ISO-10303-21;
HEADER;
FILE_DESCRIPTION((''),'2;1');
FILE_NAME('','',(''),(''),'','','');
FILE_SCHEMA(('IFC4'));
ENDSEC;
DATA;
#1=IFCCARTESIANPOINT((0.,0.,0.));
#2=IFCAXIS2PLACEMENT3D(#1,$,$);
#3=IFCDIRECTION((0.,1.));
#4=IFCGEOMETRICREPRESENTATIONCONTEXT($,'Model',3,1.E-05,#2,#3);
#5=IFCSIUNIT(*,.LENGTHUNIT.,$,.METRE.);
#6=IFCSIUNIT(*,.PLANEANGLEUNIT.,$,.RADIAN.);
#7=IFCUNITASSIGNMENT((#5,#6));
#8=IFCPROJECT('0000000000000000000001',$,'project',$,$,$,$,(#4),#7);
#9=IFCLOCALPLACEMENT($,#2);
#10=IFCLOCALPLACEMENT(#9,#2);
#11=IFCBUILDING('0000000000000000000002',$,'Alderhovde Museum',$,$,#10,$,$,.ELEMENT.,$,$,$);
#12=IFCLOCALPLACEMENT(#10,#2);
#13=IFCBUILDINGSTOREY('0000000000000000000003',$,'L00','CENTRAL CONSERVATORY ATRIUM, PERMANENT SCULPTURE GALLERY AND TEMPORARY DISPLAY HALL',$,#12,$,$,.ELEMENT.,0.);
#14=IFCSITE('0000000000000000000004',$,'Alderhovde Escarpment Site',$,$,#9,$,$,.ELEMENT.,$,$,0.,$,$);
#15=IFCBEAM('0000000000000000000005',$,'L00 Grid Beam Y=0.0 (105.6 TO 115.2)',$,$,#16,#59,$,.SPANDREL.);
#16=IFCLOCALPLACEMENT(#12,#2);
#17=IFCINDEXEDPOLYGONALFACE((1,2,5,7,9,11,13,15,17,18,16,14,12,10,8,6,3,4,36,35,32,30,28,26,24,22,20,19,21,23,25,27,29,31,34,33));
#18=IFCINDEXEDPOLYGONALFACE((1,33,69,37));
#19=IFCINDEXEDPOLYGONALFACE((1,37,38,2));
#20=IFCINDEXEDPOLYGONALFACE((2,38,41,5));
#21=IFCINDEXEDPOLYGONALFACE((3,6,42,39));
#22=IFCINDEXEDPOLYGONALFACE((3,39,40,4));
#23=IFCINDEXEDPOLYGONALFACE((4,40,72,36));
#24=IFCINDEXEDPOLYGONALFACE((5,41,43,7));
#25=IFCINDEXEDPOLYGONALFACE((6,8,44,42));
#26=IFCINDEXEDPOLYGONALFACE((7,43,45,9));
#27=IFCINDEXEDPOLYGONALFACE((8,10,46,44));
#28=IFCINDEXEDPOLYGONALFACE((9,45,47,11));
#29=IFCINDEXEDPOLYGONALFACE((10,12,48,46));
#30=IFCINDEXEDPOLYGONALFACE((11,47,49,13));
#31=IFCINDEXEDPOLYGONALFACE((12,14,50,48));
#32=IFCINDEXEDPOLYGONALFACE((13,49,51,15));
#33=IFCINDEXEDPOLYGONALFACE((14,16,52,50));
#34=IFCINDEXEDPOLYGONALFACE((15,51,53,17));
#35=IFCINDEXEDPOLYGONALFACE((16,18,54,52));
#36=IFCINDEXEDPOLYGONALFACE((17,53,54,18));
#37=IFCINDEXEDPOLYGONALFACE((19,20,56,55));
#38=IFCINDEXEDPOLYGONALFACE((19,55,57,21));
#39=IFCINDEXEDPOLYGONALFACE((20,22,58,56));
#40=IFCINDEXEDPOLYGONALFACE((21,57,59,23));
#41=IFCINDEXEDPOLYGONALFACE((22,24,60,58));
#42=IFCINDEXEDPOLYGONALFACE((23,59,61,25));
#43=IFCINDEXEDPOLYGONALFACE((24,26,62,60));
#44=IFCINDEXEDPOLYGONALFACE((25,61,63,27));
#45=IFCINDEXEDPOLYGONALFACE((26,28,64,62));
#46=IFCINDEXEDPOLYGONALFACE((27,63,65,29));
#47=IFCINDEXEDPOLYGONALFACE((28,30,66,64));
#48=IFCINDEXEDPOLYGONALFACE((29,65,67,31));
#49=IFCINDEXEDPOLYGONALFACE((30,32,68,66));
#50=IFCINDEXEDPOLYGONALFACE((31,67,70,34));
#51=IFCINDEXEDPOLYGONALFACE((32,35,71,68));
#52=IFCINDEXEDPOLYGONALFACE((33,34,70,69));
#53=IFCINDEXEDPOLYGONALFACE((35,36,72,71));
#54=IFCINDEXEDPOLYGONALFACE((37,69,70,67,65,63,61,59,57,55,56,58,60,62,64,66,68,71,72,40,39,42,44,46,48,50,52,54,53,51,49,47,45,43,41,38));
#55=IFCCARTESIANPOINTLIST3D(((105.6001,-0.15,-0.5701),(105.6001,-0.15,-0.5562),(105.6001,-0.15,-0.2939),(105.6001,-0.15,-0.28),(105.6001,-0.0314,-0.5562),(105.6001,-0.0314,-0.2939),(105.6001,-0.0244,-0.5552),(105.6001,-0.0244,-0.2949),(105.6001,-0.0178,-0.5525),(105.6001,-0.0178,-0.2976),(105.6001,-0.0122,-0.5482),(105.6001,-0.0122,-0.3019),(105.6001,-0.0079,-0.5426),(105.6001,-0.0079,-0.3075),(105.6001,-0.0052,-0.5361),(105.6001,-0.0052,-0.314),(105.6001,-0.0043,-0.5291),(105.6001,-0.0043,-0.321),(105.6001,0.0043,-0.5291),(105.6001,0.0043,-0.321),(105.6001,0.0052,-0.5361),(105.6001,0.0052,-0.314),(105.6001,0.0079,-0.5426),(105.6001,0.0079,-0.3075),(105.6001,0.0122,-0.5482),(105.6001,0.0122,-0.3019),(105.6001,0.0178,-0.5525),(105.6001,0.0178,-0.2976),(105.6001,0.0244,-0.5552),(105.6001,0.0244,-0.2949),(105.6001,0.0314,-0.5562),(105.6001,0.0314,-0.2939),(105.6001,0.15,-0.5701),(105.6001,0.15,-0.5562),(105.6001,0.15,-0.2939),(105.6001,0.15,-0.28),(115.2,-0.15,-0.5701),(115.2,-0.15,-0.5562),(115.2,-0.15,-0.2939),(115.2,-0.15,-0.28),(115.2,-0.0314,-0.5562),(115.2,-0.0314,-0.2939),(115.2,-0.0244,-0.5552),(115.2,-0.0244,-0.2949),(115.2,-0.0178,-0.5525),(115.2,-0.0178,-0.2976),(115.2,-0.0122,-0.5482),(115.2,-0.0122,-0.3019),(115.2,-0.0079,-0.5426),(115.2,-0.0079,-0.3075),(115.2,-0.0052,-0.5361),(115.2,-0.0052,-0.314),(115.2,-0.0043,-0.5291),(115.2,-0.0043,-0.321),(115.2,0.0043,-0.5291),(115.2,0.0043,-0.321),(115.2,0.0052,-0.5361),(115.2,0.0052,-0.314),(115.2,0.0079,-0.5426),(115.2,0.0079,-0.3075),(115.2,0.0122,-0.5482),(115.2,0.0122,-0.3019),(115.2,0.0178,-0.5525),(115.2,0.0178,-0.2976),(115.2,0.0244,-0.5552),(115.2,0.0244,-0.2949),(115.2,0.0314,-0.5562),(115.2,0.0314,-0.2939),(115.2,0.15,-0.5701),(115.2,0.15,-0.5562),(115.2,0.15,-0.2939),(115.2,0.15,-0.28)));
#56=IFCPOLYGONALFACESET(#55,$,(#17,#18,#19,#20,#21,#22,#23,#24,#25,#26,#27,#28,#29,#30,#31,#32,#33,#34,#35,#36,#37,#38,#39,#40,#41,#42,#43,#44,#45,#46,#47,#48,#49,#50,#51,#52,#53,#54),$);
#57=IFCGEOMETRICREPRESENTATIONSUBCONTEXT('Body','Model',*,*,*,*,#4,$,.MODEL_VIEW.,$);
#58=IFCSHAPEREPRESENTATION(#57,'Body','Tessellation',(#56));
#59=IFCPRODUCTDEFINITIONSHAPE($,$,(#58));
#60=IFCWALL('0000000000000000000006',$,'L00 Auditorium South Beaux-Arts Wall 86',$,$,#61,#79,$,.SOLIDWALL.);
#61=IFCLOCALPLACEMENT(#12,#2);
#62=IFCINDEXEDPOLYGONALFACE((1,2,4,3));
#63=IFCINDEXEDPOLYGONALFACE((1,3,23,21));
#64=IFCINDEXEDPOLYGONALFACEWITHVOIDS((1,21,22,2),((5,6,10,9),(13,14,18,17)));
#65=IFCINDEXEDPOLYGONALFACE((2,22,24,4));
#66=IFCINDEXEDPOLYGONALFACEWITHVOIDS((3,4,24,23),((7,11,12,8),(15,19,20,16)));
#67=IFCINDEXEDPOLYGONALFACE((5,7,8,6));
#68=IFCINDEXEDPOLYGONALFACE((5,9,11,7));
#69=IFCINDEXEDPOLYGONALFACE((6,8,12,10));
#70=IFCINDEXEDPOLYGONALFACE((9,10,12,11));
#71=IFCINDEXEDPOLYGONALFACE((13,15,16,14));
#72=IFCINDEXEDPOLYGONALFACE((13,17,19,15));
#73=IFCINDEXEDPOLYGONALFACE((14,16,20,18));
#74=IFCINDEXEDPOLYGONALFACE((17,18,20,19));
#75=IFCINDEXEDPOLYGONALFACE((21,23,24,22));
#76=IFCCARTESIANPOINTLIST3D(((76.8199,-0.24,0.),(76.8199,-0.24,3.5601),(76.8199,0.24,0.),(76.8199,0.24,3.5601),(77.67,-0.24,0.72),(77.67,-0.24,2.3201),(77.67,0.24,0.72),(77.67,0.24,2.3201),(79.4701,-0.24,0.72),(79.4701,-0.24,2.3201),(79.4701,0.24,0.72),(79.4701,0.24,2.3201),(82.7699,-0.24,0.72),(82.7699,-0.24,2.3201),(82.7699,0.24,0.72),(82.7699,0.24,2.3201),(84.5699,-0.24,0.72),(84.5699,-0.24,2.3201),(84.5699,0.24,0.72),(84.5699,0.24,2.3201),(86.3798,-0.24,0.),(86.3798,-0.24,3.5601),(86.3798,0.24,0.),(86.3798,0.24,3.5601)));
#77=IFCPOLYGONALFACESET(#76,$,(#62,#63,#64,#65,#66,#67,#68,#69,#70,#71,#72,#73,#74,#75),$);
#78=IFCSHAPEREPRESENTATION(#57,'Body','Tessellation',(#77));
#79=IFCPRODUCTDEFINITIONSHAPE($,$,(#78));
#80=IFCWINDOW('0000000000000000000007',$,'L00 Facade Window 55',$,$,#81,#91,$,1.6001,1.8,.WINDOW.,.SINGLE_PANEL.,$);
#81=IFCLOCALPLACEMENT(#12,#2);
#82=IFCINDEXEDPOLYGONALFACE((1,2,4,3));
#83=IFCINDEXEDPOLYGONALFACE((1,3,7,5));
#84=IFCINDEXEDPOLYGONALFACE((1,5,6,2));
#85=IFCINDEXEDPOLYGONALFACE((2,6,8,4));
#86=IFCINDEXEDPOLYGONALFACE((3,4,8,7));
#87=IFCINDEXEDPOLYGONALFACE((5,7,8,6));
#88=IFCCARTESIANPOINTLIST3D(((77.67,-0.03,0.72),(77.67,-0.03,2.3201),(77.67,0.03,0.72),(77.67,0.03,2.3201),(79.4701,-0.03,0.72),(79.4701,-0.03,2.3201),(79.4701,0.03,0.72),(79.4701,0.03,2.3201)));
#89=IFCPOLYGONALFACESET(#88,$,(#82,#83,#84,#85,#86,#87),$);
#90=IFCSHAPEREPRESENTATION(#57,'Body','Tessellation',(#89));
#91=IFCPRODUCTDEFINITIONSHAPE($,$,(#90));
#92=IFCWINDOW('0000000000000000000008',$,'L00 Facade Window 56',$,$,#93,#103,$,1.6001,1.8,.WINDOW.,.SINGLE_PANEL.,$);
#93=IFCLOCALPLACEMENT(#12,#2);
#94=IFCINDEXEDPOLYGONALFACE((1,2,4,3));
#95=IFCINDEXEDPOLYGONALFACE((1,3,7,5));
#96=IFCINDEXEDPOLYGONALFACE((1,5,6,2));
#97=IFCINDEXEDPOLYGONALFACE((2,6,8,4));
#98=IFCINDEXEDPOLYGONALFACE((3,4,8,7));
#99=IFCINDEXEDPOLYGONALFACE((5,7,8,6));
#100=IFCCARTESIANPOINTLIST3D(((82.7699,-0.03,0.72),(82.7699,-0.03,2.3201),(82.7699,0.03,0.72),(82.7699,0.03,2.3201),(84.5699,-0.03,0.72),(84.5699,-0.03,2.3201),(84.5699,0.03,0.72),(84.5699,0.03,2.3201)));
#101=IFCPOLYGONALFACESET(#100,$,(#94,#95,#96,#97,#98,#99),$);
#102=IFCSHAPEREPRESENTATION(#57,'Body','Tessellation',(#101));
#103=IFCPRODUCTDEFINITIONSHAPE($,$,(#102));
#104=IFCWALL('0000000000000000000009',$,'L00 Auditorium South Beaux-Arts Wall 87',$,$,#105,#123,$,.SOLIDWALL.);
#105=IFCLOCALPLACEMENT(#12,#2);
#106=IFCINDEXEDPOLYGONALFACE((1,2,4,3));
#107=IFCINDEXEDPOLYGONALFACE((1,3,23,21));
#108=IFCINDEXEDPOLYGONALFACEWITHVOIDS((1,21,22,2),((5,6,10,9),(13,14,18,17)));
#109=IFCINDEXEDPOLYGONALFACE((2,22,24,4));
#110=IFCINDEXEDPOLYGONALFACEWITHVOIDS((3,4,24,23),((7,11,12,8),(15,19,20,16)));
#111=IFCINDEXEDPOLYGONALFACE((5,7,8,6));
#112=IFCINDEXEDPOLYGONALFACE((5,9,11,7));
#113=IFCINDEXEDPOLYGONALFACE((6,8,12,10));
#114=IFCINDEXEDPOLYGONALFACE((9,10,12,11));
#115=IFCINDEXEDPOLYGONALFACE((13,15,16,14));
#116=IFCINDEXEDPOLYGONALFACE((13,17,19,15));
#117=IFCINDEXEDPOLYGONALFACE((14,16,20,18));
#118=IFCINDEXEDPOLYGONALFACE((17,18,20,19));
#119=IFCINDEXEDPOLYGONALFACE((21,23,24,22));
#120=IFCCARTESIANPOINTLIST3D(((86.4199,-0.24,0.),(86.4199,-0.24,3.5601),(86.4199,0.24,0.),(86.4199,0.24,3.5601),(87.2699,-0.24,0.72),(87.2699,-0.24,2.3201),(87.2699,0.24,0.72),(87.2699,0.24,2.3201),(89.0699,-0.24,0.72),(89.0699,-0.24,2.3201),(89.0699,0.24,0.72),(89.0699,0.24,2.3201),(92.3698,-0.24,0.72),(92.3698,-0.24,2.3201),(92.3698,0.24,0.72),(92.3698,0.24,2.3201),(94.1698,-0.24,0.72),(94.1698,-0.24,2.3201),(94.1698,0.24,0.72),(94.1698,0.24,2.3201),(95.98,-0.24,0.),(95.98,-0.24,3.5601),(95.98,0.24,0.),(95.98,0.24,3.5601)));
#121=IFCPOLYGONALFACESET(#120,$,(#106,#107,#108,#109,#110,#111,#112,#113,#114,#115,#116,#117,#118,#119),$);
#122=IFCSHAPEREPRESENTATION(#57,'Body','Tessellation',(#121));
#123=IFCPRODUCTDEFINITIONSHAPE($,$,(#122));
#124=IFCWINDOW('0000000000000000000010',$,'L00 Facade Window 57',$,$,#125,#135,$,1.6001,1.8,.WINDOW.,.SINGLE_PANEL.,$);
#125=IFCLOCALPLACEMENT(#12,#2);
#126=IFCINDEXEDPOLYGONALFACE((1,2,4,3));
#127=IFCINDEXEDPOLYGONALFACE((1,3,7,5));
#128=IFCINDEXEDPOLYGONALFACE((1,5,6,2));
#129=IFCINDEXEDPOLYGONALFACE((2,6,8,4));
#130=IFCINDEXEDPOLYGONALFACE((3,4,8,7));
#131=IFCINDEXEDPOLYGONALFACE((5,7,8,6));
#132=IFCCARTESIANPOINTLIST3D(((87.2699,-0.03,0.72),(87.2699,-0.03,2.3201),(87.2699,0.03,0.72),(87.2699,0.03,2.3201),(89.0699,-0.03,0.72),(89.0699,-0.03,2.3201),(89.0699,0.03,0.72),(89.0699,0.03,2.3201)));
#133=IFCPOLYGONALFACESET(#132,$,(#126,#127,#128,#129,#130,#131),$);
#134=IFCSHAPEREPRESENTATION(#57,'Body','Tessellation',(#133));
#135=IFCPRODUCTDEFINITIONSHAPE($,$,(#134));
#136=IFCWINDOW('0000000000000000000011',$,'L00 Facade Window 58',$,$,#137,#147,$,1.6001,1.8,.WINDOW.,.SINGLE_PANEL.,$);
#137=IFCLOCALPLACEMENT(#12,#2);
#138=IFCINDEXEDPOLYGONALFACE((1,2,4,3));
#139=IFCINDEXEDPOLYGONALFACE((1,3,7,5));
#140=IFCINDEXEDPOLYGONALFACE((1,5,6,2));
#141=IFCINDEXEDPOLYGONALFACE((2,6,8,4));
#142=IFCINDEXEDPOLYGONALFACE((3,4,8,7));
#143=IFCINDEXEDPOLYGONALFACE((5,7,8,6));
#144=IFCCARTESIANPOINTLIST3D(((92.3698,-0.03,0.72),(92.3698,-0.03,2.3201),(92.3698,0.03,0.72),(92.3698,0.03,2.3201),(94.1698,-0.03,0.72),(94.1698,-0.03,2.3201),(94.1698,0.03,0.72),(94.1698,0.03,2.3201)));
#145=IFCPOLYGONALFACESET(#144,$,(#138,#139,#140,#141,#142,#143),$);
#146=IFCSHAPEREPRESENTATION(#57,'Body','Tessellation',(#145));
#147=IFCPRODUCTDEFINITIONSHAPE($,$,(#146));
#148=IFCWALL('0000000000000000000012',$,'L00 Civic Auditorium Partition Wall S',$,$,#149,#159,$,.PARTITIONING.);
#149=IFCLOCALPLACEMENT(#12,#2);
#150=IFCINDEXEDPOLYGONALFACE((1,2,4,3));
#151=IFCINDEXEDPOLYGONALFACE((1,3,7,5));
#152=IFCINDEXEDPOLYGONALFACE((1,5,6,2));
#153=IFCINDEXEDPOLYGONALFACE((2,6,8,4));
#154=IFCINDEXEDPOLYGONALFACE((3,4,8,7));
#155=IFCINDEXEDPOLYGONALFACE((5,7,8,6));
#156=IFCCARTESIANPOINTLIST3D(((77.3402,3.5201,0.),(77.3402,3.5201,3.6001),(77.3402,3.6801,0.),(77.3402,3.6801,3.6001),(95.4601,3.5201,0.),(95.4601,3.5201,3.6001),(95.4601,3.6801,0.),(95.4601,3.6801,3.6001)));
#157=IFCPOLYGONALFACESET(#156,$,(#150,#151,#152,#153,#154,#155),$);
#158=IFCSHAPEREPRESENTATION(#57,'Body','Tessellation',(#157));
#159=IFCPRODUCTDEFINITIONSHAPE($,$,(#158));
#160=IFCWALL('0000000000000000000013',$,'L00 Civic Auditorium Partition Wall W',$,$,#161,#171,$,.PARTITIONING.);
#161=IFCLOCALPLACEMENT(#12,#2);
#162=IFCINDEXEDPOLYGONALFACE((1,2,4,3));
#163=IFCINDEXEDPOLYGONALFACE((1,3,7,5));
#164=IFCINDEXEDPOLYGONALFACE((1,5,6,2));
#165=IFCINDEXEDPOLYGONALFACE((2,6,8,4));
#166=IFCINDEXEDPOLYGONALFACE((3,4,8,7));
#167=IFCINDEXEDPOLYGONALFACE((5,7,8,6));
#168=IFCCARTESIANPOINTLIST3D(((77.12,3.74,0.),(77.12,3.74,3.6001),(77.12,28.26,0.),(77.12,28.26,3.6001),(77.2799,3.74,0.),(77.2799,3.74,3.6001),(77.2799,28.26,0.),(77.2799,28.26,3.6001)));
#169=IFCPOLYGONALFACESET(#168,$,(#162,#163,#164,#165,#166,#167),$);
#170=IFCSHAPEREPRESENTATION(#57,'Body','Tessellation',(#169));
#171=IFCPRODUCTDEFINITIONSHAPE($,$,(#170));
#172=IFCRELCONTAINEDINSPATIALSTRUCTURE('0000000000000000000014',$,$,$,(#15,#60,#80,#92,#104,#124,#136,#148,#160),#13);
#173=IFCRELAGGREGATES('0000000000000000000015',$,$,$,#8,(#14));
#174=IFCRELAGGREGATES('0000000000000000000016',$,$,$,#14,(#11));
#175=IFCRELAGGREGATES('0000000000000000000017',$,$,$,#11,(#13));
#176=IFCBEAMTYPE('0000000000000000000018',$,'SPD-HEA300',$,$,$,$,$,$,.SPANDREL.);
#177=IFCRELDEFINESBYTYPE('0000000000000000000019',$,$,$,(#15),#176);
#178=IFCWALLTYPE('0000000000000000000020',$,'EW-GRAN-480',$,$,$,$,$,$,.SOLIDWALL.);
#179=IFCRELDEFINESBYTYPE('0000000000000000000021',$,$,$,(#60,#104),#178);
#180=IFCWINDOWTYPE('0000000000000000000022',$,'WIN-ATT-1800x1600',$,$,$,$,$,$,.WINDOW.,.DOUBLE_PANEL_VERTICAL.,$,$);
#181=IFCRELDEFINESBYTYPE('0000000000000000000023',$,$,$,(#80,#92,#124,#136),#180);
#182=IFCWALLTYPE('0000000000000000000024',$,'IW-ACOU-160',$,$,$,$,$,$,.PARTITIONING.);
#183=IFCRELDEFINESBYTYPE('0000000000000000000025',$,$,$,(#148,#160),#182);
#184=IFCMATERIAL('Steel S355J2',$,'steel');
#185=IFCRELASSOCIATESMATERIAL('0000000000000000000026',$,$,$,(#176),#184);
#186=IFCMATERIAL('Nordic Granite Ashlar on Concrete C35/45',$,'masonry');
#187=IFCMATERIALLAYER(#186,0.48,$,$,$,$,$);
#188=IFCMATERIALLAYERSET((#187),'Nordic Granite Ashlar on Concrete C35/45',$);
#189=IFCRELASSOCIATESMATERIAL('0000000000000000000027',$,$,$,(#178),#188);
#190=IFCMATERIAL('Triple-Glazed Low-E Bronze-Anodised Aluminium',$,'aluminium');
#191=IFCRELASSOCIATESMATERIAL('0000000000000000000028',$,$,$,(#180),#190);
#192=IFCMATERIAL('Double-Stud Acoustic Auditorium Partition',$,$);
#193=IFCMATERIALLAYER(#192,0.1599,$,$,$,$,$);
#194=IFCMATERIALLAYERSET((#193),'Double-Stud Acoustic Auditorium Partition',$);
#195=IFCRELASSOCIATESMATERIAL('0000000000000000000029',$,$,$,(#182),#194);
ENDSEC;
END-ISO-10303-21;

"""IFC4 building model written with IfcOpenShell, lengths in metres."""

from ifc_helpers import new_model, si_unit, direction, frame, frame_2d, origin, origin_2d, place, context, subcontext, project, spatial, rectangle, i_section, extrude, material, layer, layer_set, material_profile, profile_set, type_object, element, fill, save


model = new_model("IFC4")

# Units and contexts
model_context = context("Model", 3, precision=1e-05, world=origin(), true_north=direction((0.0, 1.0)))
body_context = subcontext(model_context, "Body", "Model", "MODEL_VIEW")
ifc_project = project(units=[si_unit("LENGTHUNIT", "METRE"), si_unit("PLANEANGLEUNIT", "RADIAN")], contexts=[model_context])

# Site, building, storey
site_placement = place(None, origin())
site = spatial("IfcSite", under=ifc_project, at=site_placement, Name="Alderhovde Escarpment Site", CompositionType="ELEMENT", RefElevation=0.0)
building_placement = place(site_placement, origin())
building = spatial("IfcBuilding", under=site, at=building_placement, Name="Alderhovde Museum", CompositionType="ELEMENT")
storey_placement = place(building_placement, origin())
storey = spatial("IfcBuildingStorey", under=building, at=storey_placement, Name="L00", Description="CENTRAL CONSERVATORY ATRIUM, PERMANENT SCULPTURE GALLERY AND TEMPORARY DISPLAY HALL", CompositionType="ELEMENT", Elevation=0.0)

# Beam
ifc_material_1 = material(Name="Steel S355J2", Category="steel")
ifc_material_profile_1 = material_profile(ifc_material_1, i_section(OverallWidth=0.3, OverallDepth=0.29, WebThickness=0.0085, FlangeThickness=0.0139, FilletRadius=0.0271, at=origin_2d()), Name="HEA 300")
ifc_profile_set_1 = profile_set([ifc_material_profile_1], Name="Steel S355J2")
beam_type_1 = type_object("IfcBeamType", Name="SPD-HEA300", PredefinedType="SPANDREL", material=ifc_profile_set_1)
beam_1_placement = place(storey_placement, frame((105.6001, 0.0, -0.425), z_axis=(1.0, 0.0, 0.0), x_axis=(0.0, 1.0, 0.0)))
element("IfcBeam", 1, at=beam_1_placement, inside=storey, type_object=beam_type_1, Name="L00 Grid Beam Y=0.0 (105.6 TO 115.2)", PredefinedType="SPANDREL", context=body_context, shape_type="SweptSolid", body=[
    extrude(i_section(OverallWidth=0.3, OverallDepth=0.29, WebThickness=0.0085, FlangeThickness=0.0139, FilletRadius=0.0271, at=origin_2d()), origin(), (0.0, 0.0, 1.0), 9.5999),
])

# Walls, openings, windows
ifc_material_2 = material(Name="Nordic Granite Ashlar on Concrete C35/45", Category="masonry")
ifc_layer_1 = layer(ifc_material_2, 0.48)
ifc_layer_set_1 = layer_set([ifc_layer_1], Name="Nordic Granite Ashlar on Concrete C35/45")
wall_type_1 = type_object("IfcWallType", Name="EW-GRAN-480", PredefinedType="SOLIDWALL", material=ifc_layer_set_1)
wall_1_placement = place(storey_placement, frame((76.8201, 0.0, 0.0), z_axis=(0.0, 0.0, 1.0), x_axis=(1.0, 0.0, 0.0)))
wall_1 = element("IfcWall", 2, at=wall_1_placement, inside=storey, type_object=wall_type_1, Name="L00 Auditorium South Beaux-Arts Wall 86", PredefinedType="SOLIDWALL", context=body_context, shape_type="SweptSolid", body=[
    extrude(rectangle(XDim=9.5598, YDim=0.48, at=frame_2d((4.7798, 0.0))), origin(), (0.0, 0.0, 1.0), 3.5601),
])
opening_1_placement = place(wall_1_placement, frame((0.8501, 0.0, 0.72)))
opening_1 = element("IfcOpeningElement", 3, at=opening_1_placement, cuts=wall_1, PredefinedType="OPENING", context=body_context, shape_type="SweptSolid", body=[
    extrude(rectangle(XDim=1.8, YDim=1.6001, at=frame_2d((0.8999, 0.8))), frame((0.0, 0.25, 0.0), z_axis=(0.0, -1.0, 0.0), x_axis=(1.0, 0.0, 0.0)), (0.0, 0.0, 1.0), 0.5),
])
opening_2_placement = place(wall_1_placement, frame((5.95, 0.0, 0.72)))
opening_2 = element("IfcOpeningElement", 4, at=opening_2_placement, cuts=wall_1, PredefinedType="OPENING", context=body_context, shape_type="SweptSolid", body=[
    extrude(rectangle(XDim=1.8, YDim=1.6001, at=frame_2d((0.8999, 0.8))), frame((0.0, 0.25, 0.0), z_axis=(0.0, -1.0, 0.0), x_axis=(1.0, 0.0, 0.0)), (0.0, 0.0, 1.0), 0.5),
])
ifc_material_3 = material(Name="Triple-Glazed Low-E Bronze-Anodised Aluminium", Category="aluminium")
window_type = type_object("IfcWindowType", Name="WIN-ATT-1800x1600", PartitioningType="DOUBLE_PANEL_VERTICAL", PredefinedType="WINDOW", material=ifc_material_3)
window_1_placement = place(opening_1_placement, origin())
window_1 = element("IfcWindow", 5, at=window_1_placement, inside=storey, type_object=window_type, Name="L00 Facade Window 55", OverallHeight=1.6001, OverallWidth=1.8, PartitioningType="SINGLE_PANEL", PredefinedType="WINDOW", context=body_context, shape_type="SweptSolid", body=[
    extrude(rectangle(XDim=1.8, YDim=1.6001, at=frame_2d((0.8999, 0.8))), frame((0.0, 0.03, 0.0), z_axis=(0.0, -1.0, 0.0), x_axis=(1.0, 0.0, 0.0)), (0.0, 0.0, 1.0), 0.0601),
])
fill(opening_1, window_1)
window_2_placement = place(opening_2_placement, origin())
window_2 = element("IfcWindow", 6, at=window_2_placement, inside=storey, type_object=window_type, Name="L00 Facade Window 56", OverallHeight=1.6001, OverallWidth=1.8, PartitioningType="SINGLE_PANEL", PredefinedType="WINDOW", context=body_context, shape_type="SweptSolid", body=[
    extrude(rectangle(XDim=1.8, YDim=1.6001, at=frame_2d((0.8999, 0.8))), frame((0.0, 0.03, 0.0), z_axis=(0.0, -1.0, 0.0), x_axis=(1.0, 0.0, 0.0)), (0.0, 0.0, 1.0), 0.0601),
])
fill(opening_2, window_2)
wall_2_placement = place(storey_placement, frame((86.4199, 0.0, 0.0), z_axis=(0.0, 0.0, 1.0), x_axis=(1.0, 0.0, 0.0)))
wall_2 = element("IfcWall", 7, at=wall_2_placement, inside=storey, type_object=wall_type_1, Name="L00 Auditorium South Beaux-Arts Wall 87", PredefinedType="SOLIDWALL", context=body_context, shape_type="SweptSolid", body=[
    extrude(rectangle(XDim=9.5601, YDim=0.48, at=frame_2d((4.78, 0.0))), origin(), (0.0, 0.0, 1.0), 3.5601),
])
opening_3_placement = place(wall_2_placement, frame((0.8501, 0.0, 0.72)))
opening_3 = element("IfcOpeningElement", 8, at=opening_3_placement, cuts=wall_2, PredefinedType="OPENING", context=body_context, shape_type="SweptSolid", body=[
    extrude(rectangle(XDim=1.8, YDim=1.6001, at=frame_2d((0.8999, 0.8))), frame((0.0, 0.25, 0.0), z_axis=(0.0, -1.0, 0.0), x_axis=(1.0, 0.0, 0.0)), (0.0, 0.0, 1.0), 0.5),
])
opening_4_placement = place(wall_2_placement, frame((5.95, 0.0, 0.72)))
opening_4 = element("IfcOpeningElement", 9, at=opening_4_placement, cuts=wall_2, PredefinedType="OPENING", context=body_context, shape_type="SweptSolid", body=[
    extrude(rectangle(XDim=1.8, YDim=1.6001, at=frame_2d((0.8999, 0.8))), frame((0.0, 0.25, 0.0), z_axis=(0.0, -1.0, 0.0), x_axis=(1.0, 0.0, 0.0)), (0.0, 0.0, 1.0), 0.5),
])
window_3_placement = place(opening_3_placement, origin())
window_3 = element("IfcWindow", 10, at=window_3_placement, inside=storey, type_object=window_type, Name="L00 Facade Window 57", OverallHeight=1.6001, OverallWidth=1.8, PartitioningType="SINGLE_PANEL", PredefinedType="WINDOW", context=body_context, shape_type="SweptSolid", body=[
    extrude(rectangle(XDim=1.8, YDim=1.6001, at=frame_2d((0.8999, 0.8))), frame((0.0, 0.03, 0.0), z_axis=(0.0, -1.0, 0.0), x_axis=(1.0, 0.0, 0.0)), (0.0, 0.0, 1.0), 0.0601),
])
fill(opening_3, window_3)
window_4_placement = place(opening_4_placement, origin())
window_4 = element("IfcWindow", 11, at=window_4_placement, inside=storey, type_object=window_type, Name="L00 Facade Window 58", OverallHeight=1.6001, OverallWidth=1.8, PartitioningType="SINGLE_PANEL", PredefinedType="WINDOW", context=body_context, shape_type="SweptSolid", body=[
    extrude(rectangle(XDim=1.8, YDim=1.6001, at=frame_2d((0.8999, 0.8))), frame((0.0, 0.03, 0.0), z_axis=(0.0, -1.0, 0.0), x_axis=(1.0, 0.0, 0.0)), (0.0, 0.0, 1.0), 0.0601),
])
fill(opening_4, window_4)

# Walls
ifc_material_4 = material(Name="Double-Stud Acoustic Auditorium Partition")
ifc_layer_2 = layer(ifc_material_4, 0.1599)
ifc_layer_set_2 = layer_set([ifc_layer_2], Name="Double-Stud Acoustic Auditorium Partition")
wall_type_2 = type_object("IfcWallType", Name="IW-ACOU-160", PredefinedType="PARTITIONING", material=ifc_layer_set_2)
wall_3_placement = place(storey_placement, frame((77.3401, 3.6001, 0.0), z_axis=(0.0, 0.0, 1.0), x_axis=(1.0, 0.0, 0.0)))
element("IfcWall", 12, at=wall_3_placement, inside=storey, type_object=wall_type_2, Name="L00 Civic Auditorium Partition Wall S", PredefinedType="PARTITIONING", context=body_context, shape_type="SweptSolid", body=[
    extrude(rectangle(XDim=18.1199, YDim=0.1599, at=frame_2d((9.0601, 0.0))), origin(), (0.0, 0.0, 1.0), 3.6001),
])
for number, where, z_axis, x_axis, name in (
    (13, (77.2, 3.74, 0.0), (0.0, 0.0, 1.0), (0.0, 1.0, 0.0), "L00 Civic Auditorium Partition Wall W"),
):
    element("IfcWall", number, at=place(storey_placement, frame(where, z_axis=z_axis, x_axis=x_axis)), inside=storey, type_object=wall_type_2, Name=name, PredefinedType="PARTITIONING", context=body_context, shape_type="SweptSolid", body=[
        extrude(rectangle(XDim=24.52, YDim=0.1599, at=frame_2d((12.26, 0.0))), origin(), (0.0, 0.0, 1.0), 3.6001),
    ])

save(model, "model.ifc")
